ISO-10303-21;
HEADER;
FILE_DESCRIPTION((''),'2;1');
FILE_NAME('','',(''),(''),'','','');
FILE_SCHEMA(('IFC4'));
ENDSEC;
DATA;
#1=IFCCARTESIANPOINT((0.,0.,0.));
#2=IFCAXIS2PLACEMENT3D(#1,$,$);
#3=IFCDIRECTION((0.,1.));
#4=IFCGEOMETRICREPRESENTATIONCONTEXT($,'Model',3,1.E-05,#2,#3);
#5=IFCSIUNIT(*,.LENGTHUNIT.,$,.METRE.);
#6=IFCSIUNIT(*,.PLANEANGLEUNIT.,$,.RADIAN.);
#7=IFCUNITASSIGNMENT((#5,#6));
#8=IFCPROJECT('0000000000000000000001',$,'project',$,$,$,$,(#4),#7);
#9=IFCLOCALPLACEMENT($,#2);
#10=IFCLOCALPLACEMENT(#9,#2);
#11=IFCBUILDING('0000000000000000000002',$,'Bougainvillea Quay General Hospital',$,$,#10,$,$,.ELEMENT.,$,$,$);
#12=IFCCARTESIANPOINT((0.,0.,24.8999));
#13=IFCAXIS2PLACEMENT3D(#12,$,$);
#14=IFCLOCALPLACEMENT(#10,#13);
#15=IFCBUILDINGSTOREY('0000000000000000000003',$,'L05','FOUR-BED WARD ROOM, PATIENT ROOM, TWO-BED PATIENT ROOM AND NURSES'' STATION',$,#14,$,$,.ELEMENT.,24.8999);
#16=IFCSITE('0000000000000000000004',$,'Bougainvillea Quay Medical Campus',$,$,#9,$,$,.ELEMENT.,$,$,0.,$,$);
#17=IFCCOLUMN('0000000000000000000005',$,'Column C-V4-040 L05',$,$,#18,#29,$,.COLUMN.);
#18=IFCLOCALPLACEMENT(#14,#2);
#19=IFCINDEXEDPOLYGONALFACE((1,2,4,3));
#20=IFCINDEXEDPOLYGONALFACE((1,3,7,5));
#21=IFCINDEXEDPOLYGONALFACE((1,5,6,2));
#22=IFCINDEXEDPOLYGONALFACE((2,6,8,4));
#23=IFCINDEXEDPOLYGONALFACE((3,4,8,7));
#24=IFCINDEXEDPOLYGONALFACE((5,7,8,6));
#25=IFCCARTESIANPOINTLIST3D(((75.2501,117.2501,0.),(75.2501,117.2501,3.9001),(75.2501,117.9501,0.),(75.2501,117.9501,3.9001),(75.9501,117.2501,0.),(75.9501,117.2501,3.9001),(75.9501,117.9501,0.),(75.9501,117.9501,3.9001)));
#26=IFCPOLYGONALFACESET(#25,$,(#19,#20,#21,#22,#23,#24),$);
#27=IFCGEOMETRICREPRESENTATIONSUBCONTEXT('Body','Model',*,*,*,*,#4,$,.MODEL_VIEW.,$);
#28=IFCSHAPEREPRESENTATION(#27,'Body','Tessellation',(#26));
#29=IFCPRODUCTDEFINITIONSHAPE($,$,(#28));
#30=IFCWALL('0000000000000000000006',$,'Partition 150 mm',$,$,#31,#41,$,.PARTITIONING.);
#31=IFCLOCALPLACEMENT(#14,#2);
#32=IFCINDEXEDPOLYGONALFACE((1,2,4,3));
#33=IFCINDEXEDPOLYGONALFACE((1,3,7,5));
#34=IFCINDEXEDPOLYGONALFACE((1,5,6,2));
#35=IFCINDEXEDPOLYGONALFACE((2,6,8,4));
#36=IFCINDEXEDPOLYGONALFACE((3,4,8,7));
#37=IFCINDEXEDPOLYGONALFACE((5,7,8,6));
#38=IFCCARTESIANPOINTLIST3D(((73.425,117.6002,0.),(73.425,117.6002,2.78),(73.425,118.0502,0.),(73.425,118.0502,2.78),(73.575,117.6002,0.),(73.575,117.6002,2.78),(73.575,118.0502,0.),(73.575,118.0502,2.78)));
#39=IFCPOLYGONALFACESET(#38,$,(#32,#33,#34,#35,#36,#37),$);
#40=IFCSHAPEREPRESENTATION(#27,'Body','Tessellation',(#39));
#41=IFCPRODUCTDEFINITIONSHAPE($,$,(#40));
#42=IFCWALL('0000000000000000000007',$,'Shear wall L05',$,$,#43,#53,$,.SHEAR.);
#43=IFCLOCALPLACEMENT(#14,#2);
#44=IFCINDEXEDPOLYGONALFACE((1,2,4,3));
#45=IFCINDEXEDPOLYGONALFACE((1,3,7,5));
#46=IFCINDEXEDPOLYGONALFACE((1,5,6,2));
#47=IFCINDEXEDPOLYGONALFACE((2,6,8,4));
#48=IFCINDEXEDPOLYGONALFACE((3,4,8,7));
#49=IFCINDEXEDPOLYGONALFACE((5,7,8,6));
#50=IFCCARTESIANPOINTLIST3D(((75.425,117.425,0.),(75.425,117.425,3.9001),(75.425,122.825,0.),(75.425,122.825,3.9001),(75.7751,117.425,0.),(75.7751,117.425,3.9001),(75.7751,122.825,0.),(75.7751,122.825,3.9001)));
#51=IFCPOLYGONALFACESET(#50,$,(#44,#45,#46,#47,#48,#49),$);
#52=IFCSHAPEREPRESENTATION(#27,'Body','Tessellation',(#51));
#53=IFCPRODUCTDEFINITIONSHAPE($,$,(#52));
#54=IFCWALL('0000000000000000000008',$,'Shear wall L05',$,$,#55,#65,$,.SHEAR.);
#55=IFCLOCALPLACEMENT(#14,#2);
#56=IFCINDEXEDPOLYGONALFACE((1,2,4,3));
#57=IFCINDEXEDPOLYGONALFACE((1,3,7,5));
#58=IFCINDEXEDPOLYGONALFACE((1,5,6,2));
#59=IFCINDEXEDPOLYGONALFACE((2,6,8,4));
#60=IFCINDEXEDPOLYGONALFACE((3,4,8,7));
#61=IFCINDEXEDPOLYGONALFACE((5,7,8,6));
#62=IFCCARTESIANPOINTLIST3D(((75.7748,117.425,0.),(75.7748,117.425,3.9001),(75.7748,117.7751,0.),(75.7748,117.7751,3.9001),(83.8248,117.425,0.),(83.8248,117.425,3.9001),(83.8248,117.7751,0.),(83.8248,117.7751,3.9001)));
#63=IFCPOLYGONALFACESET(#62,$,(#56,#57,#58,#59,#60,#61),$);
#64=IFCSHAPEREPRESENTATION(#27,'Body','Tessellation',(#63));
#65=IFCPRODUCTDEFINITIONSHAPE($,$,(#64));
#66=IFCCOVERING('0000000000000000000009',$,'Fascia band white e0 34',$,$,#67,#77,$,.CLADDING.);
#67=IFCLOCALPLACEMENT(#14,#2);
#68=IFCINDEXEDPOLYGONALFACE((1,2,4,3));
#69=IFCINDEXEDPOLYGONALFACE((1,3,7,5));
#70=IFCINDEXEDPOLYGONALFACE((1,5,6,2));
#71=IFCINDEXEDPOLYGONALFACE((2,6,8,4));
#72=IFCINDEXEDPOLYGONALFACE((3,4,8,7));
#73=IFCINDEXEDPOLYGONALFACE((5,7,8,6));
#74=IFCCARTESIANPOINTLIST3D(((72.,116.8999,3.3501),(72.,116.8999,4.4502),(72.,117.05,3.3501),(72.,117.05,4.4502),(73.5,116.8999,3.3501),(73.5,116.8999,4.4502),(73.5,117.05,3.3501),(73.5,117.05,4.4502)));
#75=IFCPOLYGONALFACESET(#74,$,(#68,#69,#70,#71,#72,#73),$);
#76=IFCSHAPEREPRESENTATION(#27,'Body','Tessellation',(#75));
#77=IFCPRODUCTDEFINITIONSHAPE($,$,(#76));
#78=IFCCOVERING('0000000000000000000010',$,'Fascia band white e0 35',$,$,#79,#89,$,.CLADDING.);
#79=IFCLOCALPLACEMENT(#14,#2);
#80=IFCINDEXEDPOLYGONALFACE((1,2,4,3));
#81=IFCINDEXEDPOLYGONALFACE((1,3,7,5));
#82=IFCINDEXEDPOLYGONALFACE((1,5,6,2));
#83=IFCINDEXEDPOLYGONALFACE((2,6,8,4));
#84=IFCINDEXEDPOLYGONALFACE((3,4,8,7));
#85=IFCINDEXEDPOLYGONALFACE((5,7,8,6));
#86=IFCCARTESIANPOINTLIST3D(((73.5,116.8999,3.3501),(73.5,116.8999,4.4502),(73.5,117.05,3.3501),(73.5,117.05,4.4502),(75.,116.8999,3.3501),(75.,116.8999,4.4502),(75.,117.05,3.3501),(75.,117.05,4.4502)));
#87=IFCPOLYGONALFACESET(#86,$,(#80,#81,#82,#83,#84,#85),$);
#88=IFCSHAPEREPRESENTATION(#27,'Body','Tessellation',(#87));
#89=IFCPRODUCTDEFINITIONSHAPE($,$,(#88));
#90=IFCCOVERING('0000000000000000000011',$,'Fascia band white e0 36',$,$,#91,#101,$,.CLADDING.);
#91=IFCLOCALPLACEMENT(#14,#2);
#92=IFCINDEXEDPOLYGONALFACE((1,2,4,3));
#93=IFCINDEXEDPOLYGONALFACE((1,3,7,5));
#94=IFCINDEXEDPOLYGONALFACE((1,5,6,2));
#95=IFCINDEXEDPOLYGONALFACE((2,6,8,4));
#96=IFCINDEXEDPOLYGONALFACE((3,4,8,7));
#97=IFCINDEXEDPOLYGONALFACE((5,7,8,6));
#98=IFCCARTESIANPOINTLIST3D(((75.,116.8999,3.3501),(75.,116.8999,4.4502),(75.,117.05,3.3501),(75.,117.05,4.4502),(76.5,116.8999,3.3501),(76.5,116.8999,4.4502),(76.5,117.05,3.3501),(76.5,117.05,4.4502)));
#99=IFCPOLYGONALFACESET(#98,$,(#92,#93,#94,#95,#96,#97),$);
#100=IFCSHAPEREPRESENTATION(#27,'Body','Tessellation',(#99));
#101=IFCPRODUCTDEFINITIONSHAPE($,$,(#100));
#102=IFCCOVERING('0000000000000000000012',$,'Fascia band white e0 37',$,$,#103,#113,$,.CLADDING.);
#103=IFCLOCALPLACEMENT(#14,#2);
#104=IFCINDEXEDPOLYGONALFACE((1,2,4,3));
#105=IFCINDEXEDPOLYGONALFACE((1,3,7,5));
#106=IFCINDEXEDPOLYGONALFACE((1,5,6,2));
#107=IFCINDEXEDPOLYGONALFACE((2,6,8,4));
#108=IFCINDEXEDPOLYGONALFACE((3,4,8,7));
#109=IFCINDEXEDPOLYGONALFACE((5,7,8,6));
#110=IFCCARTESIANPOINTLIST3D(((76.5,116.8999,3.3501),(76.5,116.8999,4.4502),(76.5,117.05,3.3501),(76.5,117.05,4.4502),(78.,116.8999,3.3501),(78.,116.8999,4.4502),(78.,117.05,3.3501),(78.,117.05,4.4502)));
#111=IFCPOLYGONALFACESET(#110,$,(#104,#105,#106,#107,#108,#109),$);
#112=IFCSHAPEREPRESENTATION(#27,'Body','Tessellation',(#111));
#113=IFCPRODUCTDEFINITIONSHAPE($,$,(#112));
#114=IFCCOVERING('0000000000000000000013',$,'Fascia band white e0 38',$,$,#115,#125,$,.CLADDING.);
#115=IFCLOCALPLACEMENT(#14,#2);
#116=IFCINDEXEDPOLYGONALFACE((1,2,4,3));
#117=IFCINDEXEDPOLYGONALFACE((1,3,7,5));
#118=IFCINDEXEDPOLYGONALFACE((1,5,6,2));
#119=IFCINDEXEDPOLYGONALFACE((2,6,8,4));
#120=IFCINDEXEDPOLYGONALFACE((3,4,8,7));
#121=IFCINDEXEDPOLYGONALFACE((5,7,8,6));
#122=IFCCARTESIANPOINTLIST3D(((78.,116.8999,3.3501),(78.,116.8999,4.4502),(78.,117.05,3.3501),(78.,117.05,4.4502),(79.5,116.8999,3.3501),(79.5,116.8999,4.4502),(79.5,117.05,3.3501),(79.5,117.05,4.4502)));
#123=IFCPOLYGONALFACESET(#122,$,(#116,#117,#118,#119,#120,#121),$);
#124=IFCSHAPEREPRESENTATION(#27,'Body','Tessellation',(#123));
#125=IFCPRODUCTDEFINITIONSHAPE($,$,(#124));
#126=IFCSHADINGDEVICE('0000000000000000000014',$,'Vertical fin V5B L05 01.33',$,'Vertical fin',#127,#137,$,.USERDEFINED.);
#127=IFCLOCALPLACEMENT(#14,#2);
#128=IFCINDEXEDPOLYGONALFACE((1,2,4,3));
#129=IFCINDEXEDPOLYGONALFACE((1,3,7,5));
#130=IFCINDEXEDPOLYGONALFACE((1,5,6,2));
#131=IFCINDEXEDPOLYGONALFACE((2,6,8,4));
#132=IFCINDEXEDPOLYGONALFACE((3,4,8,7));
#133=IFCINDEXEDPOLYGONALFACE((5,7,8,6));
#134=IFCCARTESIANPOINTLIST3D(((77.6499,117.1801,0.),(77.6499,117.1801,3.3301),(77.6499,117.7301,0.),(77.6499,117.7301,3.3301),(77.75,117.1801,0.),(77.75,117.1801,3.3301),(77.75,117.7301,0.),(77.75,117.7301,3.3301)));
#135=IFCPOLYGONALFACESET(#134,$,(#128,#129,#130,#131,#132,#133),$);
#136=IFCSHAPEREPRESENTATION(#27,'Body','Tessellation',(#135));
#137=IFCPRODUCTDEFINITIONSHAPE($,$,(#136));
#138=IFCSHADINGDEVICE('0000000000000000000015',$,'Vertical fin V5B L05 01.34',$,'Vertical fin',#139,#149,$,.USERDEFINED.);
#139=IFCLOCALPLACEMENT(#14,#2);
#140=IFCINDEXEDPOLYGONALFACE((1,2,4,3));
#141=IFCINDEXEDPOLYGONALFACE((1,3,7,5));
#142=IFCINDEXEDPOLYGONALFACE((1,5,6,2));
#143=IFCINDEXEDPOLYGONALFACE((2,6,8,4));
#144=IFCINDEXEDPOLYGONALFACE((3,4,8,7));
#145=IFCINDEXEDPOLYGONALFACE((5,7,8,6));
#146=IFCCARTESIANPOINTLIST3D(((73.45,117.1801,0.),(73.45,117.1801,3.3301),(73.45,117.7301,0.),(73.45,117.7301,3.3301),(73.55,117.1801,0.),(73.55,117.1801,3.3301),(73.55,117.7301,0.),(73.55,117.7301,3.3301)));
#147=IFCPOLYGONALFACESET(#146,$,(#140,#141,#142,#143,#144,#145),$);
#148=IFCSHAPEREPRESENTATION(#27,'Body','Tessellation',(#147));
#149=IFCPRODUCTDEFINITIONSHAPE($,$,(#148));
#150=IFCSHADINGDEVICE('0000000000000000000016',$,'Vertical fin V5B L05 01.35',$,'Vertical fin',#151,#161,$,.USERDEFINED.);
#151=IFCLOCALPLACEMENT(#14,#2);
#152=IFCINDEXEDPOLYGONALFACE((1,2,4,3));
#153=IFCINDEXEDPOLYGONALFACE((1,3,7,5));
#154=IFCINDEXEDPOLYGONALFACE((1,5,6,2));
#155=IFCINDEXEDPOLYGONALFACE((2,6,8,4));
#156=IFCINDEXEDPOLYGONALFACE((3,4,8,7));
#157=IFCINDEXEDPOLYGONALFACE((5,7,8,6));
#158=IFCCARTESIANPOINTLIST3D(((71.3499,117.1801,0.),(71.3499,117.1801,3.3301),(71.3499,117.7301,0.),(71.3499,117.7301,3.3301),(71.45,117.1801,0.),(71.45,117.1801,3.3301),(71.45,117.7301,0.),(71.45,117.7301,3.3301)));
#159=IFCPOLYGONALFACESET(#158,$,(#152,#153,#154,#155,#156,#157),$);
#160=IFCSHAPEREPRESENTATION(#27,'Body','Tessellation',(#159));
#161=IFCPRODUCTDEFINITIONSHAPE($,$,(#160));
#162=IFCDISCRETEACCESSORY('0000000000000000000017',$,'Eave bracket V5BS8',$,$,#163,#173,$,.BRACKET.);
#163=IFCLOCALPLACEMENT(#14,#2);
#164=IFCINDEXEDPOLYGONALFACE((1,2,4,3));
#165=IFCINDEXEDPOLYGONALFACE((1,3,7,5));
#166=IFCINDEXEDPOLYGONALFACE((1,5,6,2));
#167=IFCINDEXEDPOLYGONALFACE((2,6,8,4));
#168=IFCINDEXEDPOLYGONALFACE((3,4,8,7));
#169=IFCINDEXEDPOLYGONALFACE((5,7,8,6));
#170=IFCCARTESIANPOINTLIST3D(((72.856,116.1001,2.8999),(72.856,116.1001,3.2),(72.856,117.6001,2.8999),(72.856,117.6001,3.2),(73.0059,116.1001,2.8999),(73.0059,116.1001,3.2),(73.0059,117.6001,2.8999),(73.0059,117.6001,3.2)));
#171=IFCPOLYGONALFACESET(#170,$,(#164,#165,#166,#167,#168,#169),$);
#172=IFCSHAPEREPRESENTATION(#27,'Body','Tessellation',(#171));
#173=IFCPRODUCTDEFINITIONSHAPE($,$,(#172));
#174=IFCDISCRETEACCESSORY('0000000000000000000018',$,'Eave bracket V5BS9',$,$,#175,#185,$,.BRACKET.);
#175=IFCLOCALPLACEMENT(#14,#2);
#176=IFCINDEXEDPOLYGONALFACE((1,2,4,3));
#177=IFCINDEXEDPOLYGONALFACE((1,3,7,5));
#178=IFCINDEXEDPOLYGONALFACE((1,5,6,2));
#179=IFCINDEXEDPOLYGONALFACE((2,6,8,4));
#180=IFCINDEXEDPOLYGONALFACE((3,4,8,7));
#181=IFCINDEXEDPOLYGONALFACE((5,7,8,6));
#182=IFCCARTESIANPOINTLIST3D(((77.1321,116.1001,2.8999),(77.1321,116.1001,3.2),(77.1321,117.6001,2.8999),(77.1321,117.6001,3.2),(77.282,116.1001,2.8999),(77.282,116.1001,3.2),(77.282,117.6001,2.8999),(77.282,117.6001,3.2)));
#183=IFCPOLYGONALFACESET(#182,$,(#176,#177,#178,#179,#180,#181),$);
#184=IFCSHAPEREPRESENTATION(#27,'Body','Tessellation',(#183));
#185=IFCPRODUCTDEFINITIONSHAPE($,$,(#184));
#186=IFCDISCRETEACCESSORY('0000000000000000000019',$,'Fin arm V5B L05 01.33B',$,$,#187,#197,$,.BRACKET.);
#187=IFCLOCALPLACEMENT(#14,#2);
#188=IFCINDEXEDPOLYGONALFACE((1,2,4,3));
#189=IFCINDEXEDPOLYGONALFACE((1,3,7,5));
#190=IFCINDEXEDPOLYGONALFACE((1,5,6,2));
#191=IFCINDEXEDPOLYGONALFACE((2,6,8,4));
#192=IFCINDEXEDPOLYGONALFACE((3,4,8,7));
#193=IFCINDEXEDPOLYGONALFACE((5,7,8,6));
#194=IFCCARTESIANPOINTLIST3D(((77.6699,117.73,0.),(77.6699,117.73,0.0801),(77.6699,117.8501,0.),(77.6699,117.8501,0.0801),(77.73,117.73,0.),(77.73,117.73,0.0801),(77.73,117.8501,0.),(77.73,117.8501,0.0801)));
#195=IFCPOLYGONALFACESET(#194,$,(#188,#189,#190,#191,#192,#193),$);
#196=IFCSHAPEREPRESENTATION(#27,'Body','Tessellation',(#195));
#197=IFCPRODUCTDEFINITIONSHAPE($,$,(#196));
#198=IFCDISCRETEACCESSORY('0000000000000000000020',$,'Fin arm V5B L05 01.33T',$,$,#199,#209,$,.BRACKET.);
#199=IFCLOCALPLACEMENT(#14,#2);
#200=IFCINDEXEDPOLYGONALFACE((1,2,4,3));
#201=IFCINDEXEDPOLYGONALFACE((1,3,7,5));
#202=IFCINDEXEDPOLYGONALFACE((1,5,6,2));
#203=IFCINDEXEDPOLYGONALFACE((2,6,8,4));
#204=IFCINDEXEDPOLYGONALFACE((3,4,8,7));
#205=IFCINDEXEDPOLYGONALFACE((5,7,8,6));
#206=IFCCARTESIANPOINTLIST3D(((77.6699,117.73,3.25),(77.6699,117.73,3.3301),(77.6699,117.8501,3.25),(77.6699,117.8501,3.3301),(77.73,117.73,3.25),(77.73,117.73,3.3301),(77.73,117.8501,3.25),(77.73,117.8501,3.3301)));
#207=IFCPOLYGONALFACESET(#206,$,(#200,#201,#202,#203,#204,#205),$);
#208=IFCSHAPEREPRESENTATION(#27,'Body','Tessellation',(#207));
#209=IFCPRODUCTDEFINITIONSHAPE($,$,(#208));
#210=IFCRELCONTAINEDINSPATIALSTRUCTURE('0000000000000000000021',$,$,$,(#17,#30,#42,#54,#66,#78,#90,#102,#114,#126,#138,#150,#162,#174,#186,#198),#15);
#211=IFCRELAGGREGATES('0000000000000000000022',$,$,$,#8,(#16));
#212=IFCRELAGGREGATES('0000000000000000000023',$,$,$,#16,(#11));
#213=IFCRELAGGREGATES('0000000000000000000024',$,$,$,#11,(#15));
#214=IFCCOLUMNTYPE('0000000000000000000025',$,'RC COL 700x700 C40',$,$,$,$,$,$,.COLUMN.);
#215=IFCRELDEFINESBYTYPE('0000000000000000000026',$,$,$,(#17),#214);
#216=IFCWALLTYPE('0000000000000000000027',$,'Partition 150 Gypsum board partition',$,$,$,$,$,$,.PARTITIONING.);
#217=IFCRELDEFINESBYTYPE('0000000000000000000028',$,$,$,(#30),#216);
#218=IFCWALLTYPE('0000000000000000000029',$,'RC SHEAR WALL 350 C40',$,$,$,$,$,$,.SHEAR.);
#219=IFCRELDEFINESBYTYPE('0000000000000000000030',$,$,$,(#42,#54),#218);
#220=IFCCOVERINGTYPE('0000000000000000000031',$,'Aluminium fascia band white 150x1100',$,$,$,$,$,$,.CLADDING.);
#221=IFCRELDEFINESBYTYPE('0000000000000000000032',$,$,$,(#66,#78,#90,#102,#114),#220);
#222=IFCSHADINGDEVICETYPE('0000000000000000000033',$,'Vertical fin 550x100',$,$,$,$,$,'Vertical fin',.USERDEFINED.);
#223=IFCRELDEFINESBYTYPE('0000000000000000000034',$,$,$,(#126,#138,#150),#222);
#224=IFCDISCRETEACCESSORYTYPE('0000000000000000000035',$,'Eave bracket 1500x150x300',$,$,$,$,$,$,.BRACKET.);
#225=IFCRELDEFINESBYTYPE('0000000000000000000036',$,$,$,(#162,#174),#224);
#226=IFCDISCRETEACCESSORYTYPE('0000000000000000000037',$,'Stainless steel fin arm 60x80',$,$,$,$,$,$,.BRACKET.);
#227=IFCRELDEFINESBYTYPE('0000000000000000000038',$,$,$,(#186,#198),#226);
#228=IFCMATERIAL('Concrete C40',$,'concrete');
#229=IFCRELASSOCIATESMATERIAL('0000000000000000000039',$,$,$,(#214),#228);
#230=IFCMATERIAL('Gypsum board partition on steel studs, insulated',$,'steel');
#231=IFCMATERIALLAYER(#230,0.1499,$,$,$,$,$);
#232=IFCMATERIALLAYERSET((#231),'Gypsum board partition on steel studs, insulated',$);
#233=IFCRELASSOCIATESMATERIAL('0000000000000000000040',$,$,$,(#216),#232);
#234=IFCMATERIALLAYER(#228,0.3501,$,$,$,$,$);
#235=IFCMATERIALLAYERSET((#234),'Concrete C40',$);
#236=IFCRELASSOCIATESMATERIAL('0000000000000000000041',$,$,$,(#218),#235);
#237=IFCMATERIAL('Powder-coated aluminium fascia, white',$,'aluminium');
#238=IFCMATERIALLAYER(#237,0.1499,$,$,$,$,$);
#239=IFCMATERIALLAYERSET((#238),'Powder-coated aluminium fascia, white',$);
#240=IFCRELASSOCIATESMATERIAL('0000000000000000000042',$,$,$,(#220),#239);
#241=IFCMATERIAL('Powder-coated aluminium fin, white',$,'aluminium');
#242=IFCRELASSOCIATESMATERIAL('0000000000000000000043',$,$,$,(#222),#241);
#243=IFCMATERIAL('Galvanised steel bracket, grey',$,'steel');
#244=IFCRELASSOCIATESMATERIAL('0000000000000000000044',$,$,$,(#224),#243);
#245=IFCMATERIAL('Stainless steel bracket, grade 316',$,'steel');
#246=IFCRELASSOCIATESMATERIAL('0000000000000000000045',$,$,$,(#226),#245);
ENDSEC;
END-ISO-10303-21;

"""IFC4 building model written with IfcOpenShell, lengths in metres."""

from ifc_helpers import new_model, si_unit, direction, frame, frame_2d, origin, origin_2d, place, context, subcontext, project, spatial, polyline, rectangle, outline, extrude, material, layer, layer_set, material_profile, profile_set, type_object, element, save


model = new_model("IFC4")

# Units and contexts
model_context = context("Model", 3, precision=1e-05, world=origin(), true_north=direction((0.0, 1.0)))
body_context = subcontext(model_context, "Body", "Model", "MODEL_VIEW")
ifc_project = project(units=[si_unit("LENGTHUNIT", "METRE"), si_unit("PLANEANGLEUNIT", "RADIAN")], contexts=[model_context])

# Site, building, storey
site_placement = place(None, origin())
site = spatial("IfcSite", under=ifc_project, at=site_placement, Name="Bougainvillea Quay Medical Campus", CompositionType="ELEMENT", RefElevation=0.0)
building_placement = place(site_placement, origin())
building = spatial("IfcBuilding", under=site, at=building_placement, Name="Bougainvillea Quay General Hospital", CompositionType="ELEMENT")
storey_placement = place(building_placement, frame((0.0, 0.0, 24.8999)))
storey = spatial("IfcBuildingStorey", under=building, at=storey_placement, Name="L05", Description="FOUR-BED WARD ROOM, PATIENT ROOM, TWO-BED PATIENT ROOM AND NURSES' STATION", CompositionType="ELEMENT", Elevation=24.8999)

# Column
ifc_material_1 = material(Name="Concrete C40", Category="concrete")
ifc_material_profile_1 = material_profile(ifc_material_1, rectangle(XDim=0.7, YDim=0.7, at=origin_2d()))
ifc_profile_set_1 = profile_set([ifc_material_profile_1], Name="Concrete C40")
column_type = type_object("IfcColumnType", Name="RC COL 700x700 C40", PredefinedType="COLUMN", material=ifc_profile_set_1)
column_placement = place(storey_placement, frame((75.6001, 117.6001, 0.0), z_axis=(0.0, 0.0, 1.0), x_axis=(1.0, 0.0, 0.0)))
element("IfcColumn", 1, at=column_placement, inside=storey, type_object=column_type, Name="Column C-V4-040 L05", PredefinedType="COLUMN", context=body_context, shape_type="SweptSolid", body=[
    extrude(rectangle(XDim=0.7, YDim=0.7, at=origin_2d()), origin(), (0.0, 0.0, 1.0), 3.9001),
])

# Walls
ifc_material_2 = material(Name="Gypsum board partition on steel studs, insulated", Category="steel")
ifc_layer_1 = layer(ifc_material_2, 0.1499)
ifc_layer_set_1 = layer_set([ifc_layer_1], Name="Gypsum board partition on steel studs, insulated")
wall_type_1 = type_object("IfcWallType", Name="Partition 150 Gypsum board partition", PredefinedType="PARTITIONING", material=ifc_layer_set_1)
wall_1_placement = place(storey_placement, frame((73.5, 117.6001, 0.0), z_axis=(0.0, 0.0, 1.0), x_axis=(0.0, 1.0, 0.0)))
element("IfcWall", 2, at=wall_1_placement, inside=storey, type_object=wall_type_1, Name="Partition 150 mm", PredefinedType="PARTITIONING", context=body_context, shape_type="SweptSolid", body=[
    extrude(rectangle(XDim=0.45, YDim=0.1499, at=frame_2d((0.2251, 0.0))), origin(), (0.0, 0.0, 1.0), 2.78),
])
ifc_layer_2 = layer(ifc_material_1, 0.3501)
ifc_layer_set_2 = layer_set([ifc_layer_2], Name="Concrete C40")
wall_type_2 = type_object("IfcWallType", Name="RC SHEAR WALL 350 C40", PredefinedType="SHEAR", material=ifc_layer_set_2)
wall_2_placement = place(storey_placement, frame((75.6001, 117.425, 0.0), z_axis=(0.0, 0.0, 1.0), x_axis=(0.0, 1.0, 0.0)))
element("IfcWall", 3, at=wall_2_placement, inside=storey, type_object=wall_type_2, Name="Shear wall L05", PredefinedType="SHEAR", context=body_context, shape_type="SweptSolid", body=[
    extrude(rectangle(XDim=5.3999, YDim=0.3501, at=frame_2d((2.7, 0.0))), origin(), (0.0, 0.0, 1.0), 3.9001),
])
wall_3_placement = place(storey_placement, frame((75.7749, 117.6001, 0.0), z_axis=(0.0, 0.0, 1.0), x_axis=(1.0, 0.0, 0.0)))
element("IfcWall", 4, at=wall_3_placement, inside=storey, type_object=wall_type_2, Name="Shear wall L05", PredefinedType="SHEAR", context=body_context, shape_type="SweptSolid", body=[
    extrude(rectangle(XDim=8.05, YDim=0.3501, at=frame_2d((4.0249, 0.0))), origin(), (0.0, 0.0, 1.0), 3.9001),
])

# Coverings
ifc_material_3 = material(Name="Powder-coated aluminium fascia, white", Category="aluminium")
ifc_layer_3 = layer(ifc_material_3, 0.1499)
ifc_layer_set_3 = layer_set([ifc_layer_3], Name="Powder-coated aluminium fascia, white")
covering_type = type_object("IfcCoveringType", Name="Aluminium fascia band white 150x1100", PredefinedType="CLADDING", material=ifc_layer_set_3)
for number, where, z_axis, x_axis, name in (
    (5, (72.0, 117.05, 3.3501), (0.0, 0.0, 1.0), (1.0, 0.0, 0.0), "Fascia band white e0 34"),
    (6, (73.5, 117.05, 3.3501), (0.0, 0.0, 1.0), (1.0, 0.0, 0.0), "Fascia band white e0 35"),
    (7, (75.0, 117.05, 3.3501), (0.0, 0.0, 1.0), (1.0, 0.0, 0.0), "Fascia band white e0 36"),
    (8, (76.5, 117.05, 3.3501), (0.0, 0.0, 1.0), (1.0, 0.0, 0.0), "Fascia band white e0 37"),
    (9, (78.0, 117.05, 3.3501), (0.0, 0.0, 1.0), (1.0, 0.0, 0.0), "Fascia band white e0 38"),
):
    element("IfcCovering", number, at=place(storey_placement, frame(where, z_axis=z_axis, x_axis=x_axis)), inside=storey, type_object=covering_type, Name=name, PredefinedType="CLADDING", context=body_context, shape_type="SweptSolid", body=[
        extrude(outline(polyline([(0.0, 0.0), (1.5, 0.0), (1.5, -0.1501), (0.0, -0.1501), (0.0, 0.0)])), origin(), (0.0, 0.0, 1.0), 1.1001),
    ])

# Shading devices
ifc_material_4 = material(Name="Powder-coated aluminium fin, white", Category="aluminium")
ifc_material_profile_2 = material_profile(ifc_material_4, rectangle(XDim=0.55, YDim=0.1001, at=origin_2d()))
ifc_profile_set_2 = profile_set([ifc_material_profile_2], Name="Powder-coated aluminium fin, white")
shading_device_type = type_object("IfcShadingDeviceType", Name="Vertical fin 550x100", ElementType="Vertical fin", PredefinedType="USERDEFINED", material=ifc_profile_set_2)
for number, where, z_axis, x_axis, name in (
    (10, (77.7, 117.4551, 0.0), (0.0, 0.0, 1.0), (0.0, -1.0, 0.0), "Vertical fin V5B L05 01.33"),
    (11, (73.5, 117.4551, 0.0), (0.0, 0.0, 1.0), (0.0, -1.0, 0.0), "Vertical fin V5B L05 01.34"),
    (12, (71.3999, 117.4551, 0.0), (0.0, 0.0, 1.0), (0.0, -1.0, 0.0), "Vertical fin V5B L05 01.35"),
):
    element("IfcShadingDevice", number, at=place(storey_placement, frame(where, z_axis=z_axis, x_axis=x_axis)), inside=storey, type_object=shading_device_type, Name=name, ObjectType="Vertical fin", PredefinedType="USERDEFINED", context=body_context, shape_type="SweptSolid", body=[
        extrude(rectangle(XDim=0.55, YDim=0.1001, at=origin_2d()), origin(), (0.0, 0.0, 1.0), 3.3301),
    ])

# Discrete accessories
ifc_material_5 = material(Name="Galvanised steel bracket, grey", Category="steel")
discrete_accessory_type_1 = type_object("IfcDiscreteAccessoryType", Name="Eave bracket 1500x150x300", PredefinedType="BRACKET", material=ifc_material_5)
for number, where, z_axis, x_axis, name in (
    (13, (72.9309, 116.8501, 2.8999), (0.0, 0.0, 1.0), (1.0, 0.0, 0.0), "Eave bracket V5BS8"),
    (14, (77.207, 116.8501, 2.8999), (0.0, 0.0, 1.0), (1.0, 0.0, 0.0), "Eave bracket V5BS9"),
):
    element("IfcDiscreteAccessory", number, at=place(storey_placement, frame(where, z_axis=z_axis, x_axis=x_axis)), inside=storey, type_object=discrete_accessory_type_1, Name=name, PredefinedType="BRACKET", context=body_context, shape_type="SweptSolid", body=[
        extrude(rectangle(XDim=0.1499, YDim=1.5, at=origin_2d()), origin(), (0.0, 0.0, 1.0), 0.3),
    ])
ifc_material_6 = material(Name="Stainless steel bracket, grade 316", Category="steel")
discrete_accessory_type_2 = type_object("IfcDiscreteAccessoryType", Name="Stainless steel fin arm 60x80", PredefinedType="BRACKET", material=ifc_material_6)
for number, where, z_axis, x_axis, name in (
    (15, (77.7, 117.79, 0.0), (0.0, 0.0, 1.0), (0.0, -1.0, 0.0), "Fin arm V5B L05 01.33B"),
    (16, (77.7, 117.79, 3.25), (0.0, 0.0, 1.0), (0.0, -1.0, 0.0), "Fin arm V5B L05 01.33T"),
):
    element("IfcDiscreteAccessory", number, at=place(storey_placement, frame(where, z_axis=z_axis, x_axis=x_axis)), inside=storey, type_object=discrete_accessory_type_2, Name=name, PredefinedType="BRACKET", context=body_context, shape_type="SweptSolid", body=[
        extrude(rectangle(XDim=0.1201, YDim=0.0601, at=origin_2d()), origin(), (0.0, 0.0, 1.0), 0.0801),
    ])

save(model, "model.ifc")
